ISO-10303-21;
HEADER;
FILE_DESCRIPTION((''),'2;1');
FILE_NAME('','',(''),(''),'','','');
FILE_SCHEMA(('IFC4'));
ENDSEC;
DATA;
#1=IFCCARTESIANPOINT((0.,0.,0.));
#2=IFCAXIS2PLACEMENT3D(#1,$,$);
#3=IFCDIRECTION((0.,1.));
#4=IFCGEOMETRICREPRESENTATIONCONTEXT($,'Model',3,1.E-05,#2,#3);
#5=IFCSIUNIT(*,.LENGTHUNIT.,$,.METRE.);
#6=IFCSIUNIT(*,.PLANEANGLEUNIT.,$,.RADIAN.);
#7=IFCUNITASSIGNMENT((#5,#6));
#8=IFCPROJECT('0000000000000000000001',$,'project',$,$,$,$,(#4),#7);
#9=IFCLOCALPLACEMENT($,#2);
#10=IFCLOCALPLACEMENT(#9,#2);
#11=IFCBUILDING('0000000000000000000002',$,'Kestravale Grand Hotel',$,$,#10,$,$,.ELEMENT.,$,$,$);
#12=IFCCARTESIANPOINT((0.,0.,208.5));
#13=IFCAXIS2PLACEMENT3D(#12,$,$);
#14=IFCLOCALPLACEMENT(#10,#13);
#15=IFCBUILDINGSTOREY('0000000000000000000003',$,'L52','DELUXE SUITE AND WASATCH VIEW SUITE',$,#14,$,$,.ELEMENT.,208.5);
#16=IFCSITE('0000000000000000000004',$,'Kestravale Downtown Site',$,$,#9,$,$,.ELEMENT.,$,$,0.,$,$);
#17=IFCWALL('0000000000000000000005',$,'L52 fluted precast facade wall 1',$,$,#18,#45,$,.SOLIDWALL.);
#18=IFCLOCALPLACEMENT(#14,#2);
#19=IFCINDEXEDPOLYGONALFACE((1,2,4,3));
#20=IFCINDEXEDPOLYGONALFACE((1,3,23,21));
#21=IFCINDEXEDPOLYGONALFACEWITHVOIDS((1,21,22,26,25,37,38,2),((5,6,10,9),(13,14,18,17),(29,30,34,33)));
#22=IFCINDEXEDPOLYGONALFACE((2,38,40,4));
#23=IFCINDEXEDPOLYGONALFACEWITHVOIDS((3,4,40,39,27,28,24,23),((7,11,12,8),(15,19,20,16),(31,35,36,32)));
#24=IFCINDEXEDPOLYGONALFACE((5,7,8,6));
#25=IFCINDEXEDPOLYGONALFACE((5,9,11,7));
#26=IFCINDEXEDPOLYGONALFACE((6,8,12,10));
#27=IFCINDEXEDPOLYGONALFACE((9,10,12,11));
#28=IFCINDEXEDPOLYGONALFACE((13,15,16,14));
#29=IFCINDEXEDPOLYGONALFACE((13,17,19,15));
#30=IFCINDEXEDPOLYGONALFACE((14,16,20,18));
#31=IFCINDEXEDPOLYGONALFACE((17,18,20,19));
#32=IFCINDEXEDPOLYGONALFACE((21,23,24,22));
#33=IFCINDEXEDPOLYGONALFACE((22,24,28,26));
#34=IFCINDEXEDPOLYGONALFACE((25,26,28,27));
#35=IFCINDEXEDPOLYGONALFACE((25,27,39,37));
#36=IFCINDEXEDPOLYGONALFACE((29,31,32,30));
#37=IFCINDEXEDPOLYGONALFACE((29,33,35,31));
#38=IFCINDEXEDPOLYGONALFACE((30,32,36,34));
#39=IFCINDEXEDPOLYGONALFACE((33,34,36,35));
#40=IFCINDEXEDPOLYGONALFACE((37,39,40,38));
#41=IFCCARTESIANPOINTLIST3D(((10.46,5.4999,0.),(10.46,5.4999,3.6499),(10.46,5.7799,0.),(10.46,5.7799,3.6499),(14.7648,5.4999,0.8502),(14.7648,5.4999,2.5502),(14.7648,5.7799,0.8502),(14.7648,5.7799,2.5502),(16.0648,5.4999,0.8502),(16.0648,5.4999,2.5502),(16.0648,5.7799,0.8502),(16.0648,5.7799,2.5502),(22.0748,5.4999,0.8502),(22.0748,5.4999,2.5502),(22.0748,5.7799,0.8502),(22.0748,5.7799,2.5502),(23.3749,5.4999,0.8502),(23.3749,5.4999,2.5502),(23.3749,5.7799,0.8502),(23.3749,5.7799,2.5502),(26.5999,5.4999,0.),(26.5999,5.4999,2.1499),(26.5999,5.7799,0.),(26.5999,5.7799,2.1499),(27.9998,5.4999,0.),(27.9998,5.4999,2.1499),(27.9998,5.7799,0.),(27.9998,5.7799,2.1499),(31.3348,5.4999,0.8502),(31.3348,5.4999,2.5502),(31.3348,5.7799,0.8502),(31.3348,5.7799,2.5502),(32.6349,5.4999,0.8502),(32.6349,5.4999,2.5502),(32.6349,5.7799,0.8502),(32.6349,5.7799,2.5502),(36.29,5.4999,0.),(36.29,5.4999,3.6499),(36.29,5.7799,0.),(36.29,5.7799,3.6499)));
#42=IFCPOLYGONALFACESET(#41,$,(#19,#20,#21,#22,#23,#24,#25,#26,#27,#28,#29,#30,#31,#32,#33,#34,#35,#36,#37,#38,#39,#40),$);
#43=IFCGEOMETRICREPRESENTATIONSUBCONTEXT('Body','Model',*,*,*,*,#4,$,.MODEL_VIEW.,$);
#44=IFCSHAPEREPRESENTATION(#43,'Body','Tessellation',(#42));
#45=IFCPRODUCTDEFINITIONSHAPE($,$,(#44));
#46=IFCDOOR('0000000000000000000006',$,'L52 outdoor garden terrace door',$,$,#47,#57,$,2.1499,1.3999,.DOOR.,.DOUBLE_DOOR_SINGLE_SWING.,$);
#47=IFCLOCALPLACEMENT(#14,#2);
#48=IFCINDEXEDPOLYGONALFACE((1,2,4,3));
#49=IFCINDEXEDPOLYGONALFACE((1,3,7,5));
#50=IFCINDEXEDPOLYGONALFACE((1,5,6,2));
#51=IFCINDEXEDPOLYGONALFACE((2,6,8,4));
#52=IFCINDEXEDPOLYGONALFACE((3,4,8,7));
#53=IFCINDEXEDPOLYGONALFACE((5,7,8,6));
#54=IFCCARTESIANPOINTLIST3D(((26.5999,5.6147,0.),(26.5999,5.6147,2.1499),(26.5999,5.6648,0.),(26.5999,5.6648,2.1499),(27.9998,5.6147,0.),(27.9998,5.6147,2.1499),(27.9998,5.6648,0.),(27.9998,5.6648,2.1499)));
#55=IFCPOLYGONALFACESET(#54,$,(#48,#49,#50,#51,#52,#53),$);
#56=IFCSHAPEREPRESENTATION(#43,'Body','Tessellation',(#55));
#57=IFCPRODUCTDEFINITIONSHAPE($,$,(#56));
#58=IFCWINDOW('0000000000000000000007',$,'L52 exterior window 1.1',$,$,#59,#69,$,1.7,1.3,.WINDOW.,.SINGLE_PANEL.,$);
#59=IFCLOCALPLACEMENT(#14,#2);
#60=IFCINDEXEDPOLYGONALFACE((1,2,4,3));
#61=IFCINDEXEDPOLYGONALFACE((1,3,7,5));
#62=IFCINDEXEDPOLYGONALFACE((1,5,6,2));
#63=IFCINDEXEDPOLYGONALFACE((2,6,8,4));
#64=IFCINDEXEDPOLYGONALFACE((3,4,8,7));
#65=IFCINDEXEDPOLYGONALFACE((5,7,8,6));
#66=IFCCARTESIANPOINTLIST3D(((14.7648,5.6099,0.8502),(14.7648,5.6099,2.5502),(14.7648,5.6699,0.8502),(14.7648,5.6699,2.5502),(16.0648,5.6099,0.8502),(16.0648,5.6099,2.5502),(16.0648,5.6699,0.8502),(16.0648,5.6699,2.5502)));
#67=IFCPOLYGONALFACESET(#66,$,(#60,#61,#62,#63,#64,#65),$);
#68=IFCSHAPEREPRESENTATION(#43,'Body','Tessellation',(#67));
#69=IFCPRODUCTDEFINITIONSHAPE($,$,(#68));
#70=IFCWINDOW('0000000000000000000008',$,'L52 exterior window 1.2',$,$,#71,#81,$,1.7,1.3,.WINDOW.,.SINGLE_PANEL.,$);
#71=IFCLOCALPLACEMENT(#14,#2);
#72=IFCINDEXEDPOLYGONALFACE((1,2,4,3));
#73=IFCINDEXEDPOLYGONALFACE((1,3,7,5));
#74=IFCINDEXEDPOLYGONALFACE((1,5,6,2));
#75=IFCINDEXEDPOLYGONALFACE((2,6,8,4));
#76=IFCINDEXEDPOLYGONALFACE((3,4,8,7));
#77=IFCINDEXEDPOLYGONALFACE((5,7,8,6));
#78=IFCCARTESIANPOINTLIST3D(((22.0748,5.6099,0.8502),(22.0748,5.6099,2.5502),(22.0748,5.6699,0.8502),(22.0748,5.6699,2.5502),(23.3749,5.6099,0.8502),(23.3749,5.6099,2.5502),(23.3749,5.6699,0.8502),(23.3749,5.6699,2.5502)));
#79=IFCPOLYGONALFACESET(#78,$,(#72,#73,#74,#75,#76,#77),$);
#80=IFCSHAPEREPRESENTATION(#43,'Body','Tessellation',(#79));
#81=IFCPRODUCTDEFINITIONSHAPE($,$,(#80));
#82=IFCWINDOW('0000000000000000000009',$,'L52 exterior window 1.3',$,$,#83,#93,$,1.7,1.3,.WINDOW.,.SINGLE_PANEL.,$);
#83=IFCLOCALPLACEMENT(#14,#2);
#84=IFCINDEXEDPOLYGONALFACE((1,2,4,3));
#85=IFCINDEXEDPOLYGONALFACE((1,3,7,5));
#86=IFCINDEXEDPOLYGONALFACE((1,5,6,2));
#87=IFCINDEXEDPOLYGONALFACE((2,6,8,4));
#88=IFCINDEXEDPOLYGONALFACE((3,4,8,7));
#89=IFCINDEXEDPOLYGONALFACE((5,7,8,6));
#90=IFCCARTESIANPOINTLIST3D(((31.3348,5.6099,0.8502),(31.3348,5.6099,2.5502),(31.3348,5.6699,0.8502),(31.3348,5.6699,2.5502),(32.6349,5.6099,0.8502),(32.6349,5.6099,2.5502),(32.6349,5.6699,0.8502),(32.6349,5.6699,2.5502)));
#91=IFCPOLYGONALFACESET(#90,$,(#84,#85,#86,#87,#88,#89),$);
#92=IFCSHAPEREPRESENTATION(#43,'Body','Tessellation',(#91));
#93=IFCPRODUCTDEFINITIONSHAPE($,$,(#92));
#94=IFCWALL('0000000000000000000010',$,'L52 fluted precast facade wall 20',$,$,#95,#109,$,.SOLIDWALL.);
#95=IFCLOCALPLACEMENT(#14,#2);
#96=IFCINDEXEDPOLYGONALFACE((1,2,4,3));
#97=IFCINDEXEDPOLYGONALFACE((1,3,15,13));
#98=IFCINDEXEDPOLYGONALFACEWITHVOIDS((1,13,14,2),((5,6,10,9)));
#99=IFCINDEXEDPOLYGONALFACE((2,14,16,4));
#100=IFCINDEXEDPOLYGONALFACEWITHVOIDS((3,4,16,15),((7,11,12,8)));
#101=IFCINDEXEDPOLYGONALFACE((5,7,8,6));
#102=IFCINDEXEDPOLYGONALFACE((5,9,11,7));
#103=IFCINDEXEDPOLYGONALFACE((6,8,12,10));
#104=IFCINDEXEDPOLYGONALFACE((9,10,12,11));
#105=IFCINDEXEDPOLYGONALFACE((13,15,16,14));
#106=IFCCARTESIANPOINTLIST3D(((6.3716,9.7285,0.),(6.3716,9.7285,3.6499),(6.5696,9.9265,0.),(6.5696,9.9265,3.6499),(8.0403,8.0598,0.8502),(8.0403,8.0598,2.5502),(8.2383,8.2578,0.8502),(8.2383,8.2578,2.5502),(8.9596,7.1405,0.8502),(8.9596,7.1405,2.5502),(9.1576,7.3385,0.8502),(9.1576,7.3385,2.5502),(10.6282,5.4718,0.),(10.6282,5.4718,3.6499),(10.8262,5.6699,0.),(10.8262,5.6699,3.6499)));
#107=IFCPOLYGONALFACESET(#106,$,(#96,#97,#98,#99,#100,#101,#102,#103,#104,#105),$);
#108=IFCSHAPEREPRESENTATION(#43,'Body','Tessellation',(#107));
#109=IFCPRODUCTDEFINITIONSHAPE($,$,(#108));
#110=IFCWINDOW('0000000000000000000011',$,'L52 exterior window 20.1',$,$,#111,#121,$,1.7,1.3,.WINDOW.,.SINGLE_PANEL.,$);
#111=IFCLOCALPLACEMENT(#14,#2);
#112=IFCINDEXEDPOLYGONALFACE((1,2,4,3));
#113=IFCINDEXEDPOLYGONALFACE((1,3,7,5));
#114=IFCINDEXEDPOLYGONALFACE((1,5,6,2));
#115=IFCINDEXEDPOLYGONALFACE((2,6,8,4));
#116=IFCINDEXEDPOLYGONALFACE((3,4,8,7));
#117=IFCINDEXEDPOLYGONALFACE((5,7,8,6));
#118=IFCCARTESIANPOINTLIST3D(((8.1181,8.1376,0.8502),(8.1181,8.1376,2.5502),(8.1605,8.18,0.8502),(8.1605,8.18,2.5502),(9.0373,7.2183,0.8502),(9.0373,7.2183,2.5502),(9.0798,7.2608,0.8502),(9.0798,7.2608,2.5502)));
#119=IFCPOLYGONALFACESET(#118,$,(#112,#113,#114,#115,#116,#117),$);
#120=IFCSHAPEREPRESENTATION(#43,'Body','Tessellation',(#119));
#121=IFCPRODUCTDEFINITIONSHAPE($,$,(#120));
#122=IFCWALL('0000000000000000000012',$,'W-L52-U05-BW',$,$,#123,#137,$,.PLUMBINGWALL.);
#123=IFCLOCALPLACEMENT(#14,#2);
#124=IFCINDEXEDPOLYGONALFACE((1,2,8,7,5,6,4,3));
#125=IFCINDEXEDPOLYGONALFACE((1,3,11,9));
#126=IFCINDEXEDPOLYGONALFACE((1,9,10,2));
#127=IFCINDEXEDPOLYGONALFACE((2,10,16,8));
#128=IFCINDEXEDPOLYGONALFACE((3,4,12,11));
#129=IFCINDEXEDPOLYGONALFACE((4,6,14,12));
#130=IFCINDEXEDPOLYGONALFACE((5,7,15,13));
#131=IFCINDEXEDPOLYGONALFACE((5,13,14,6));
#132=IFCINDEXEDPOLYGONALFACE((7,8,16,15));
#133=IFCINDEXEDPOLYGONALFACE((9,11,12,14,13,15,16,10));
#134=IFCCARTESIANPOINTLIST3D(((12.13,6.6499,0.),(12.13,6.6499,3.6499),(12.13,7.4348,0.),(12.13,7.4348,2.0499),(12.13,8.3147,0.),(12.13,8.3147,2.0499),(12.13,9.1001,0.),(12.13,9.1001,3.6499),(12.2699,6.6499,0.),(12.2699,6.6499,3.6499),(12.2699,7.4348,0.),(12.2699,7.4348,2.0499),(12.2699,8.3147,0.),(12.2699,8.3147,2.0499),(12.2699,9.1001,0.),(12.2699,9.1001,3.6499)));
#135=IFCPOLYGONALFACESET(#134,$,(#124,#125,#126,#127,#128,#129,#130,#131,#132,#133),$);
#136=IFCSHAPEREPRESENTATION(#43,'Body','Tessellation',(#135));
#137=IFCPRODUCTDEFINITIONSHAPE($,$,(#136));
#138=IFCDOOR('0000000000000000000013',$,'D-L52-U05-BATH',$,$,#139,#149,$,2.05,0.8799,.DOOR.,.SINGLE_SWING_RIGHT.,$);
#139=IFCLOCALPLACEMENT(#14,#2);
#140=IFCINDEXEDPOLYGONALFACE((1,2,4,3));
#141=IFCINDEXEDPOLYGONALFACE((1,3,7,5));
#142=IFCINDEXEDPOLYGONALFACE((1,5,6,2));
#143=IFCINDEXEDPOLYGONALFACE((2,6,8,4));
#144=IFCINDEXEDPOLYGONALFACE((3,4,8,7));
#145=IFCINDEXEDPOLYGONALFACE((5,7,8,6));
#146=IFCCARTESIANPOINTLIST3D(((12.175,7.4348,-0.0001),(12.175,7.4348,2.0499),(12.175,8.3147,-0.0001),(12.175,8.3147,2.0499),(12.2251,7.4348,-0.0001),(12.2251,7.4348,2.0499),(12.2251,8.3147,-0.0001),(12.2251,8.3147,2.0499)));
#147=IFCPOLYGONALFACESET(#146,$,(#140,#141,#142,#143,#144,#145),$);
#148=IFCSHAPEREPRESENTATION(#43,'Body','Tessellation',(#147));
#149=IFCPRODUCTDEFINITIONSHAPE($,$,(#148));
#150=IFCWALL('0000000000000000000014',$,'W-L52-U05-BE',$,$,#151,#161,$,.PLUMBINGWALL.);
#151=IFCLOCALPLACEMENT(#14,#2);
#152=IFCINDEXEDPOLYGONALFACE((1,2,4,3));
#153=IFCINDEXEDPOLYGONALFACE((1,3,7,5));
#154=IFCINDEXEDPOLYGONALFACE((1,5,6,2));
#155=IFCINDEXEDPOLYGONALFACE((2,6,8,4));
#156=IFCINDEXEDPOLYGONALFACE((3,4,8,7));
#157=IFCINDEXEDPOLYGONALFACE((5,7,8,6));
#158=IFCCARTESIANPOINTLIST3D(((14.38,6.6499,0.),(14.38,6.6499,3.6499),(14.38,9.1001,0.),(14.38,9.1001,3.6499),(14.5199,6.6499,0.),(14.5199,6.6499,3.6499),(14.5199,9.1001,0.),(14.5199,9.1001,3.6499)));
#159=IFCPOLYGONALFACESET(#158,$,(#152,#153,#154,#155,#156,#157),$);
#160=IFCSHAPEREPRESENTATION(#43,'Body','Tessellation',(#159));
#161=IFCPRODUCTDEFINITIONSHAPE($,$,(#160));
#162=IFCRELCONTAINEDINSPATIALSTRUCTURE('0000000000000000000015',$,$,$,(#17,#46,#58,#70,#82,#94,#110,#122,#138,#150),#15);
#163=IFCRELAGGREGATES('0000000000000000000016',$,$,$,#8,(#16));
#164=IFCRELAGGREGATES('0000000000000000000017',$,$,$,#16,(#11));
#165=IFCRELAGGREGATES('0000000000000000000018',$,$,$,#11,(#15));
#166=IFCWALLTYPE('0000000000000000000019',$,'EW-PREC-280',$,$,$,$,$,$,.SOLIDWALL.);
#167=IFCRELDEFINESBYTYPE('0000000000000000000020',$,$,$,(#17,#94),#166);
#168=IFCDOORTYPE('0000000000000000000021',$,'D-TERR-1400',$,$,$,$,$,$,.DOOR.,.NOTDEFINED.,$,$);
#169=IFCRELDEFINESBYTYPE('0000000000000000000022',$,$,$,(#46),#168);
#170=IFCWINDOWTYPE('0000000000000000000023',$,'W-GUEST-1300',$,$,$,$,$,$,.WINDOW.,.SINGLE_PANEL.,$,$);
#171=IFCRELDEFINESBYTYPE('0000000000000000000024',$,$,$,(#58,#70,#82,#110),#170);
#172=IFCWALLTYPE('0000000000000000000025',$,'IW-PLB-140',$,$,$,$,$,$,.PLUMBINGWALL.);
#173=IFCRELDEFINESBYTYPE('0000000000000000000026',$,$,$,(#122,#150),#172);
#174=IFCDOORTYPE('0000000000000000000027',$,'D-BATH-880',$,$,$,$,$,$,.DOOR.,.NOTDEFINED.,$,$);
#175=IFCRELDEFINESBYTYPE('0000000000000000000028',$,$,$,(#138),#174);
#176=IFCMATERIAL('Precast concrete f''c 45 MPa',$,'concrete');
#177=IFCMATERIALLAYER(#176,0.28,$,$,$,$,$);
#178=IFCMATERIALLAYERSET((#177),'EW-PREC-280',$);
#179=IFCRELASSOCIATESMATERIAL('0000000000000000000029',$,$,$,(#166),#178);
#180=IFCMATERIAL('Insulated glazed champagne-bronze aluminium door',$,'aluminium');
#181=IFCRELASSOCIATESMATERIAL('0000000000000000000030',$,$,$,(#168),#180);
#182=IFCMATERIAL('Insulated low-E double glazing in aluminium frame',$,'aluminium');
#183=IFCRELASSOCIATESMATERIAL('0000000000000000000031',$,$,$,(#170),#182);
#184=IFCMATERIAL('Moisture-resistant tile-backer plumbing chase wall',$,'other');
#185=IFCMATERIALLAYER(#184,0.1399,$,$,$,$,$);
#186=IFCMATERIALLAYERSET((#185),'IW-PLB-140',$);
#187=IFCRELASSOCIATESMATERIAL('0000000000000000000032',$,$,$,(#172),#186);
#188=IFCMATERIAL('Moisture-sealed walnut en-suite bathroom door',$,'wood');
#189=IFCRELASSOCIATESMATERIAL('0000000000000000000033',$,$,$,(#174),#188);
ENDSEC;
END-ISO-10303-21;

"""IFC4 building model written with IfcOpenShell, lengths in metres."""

from ifc_helpers import new_model, si_unit, direction, frame, frame_2d, origin, place, context, subcontext, project, spatial, rectangle, extrude, material, layer, layer_set, type_object, element, fill, save


model = new_model("IFC4")

# Units and contexts
model_context = context("Model", 3, precision=1e-05, world=origin(), true_north=direction((0.0, 1.0)))
body_context = subcontext(model_context, "Body", "Model", "MODEL_VIEW")
ifc_project = project(units=[si_unit("LENGTHUNIT", "METRE"), si_unit("PLANEANGLEUNIT", "RADIAN")], contexts=[model_context])

# Site, building, storey
site_placement = place(None, origin())
site = spatial("IfcSite", under=ifc_project, at=site_placement, Name="Kestravale Downtown Site", CompositionType="ELEMENT", RefElevation=0.0)
building_placement = place(site_placement, origin())
building = spatial("IfcBuilding", under=site, at=building_placement, Name="Kestravale Grand Hotel", CompositionType="ELEMENT")
storey_placement = place(building_placement, frame((0.0, 0.0, 208.5)))
storey = spatial("IfcBuildingStorey", under=building, at=storey_placement, Name="L52", Description="DELUXE SUITE AND WASATCH VIEW SUITE", CompositionType="ELEMENT", Elevation=208.5)

# Wall, openings, door, windows
ifc_material_1 = material(Name="Precast concrete f'c 45 MPa", Category="concrete")
ifc_layer_1 = layer(ifc_material_1, 0.28)
ifc_layer_set_1 = layer_set([ifc_layer_1], Name="EW-PREC-280")
wall_type_1 = type_object("IfcWallType", Name="EW-PREC-280", PredefinedType="SOLIDWALL", material=ifc_layer_set_1)
wall_1_placement = place(storey_placement, frame((10.46, 5.6399, 0.0), z_axis=(0.0, 0.0, 1.0), x_axis=(1.0, 0.0, 0.0)))
wall_1 = element("IfcWall", 1, at=wall_1_placement, inside=storey, type_object=wall_type_1, Name="L52 fluted precast facade wall 1", PredefinedType="SOLIDWALL", context=body_context, shape_type="SweptSolid", body=[
    extrude(rectangle(XDim=25.8301, YDim=0.28, at=frame_2d((12.915, 0.0))), origin(), (0.0, 0.0, 1.0), 3.6499),
])
opening_1_placement = place(wall_1_placement, frame((16.1399, 0.0, 0.0)))
opening_1 = element("IfcOpeningElement", 2, at=opening_1_placement, cuts=wall_1, PredefinedType="OPENING", context=body_context, shape_type="SweptSolid", body=[
    extrude(rectangle(XDim=1.3999, YDim=2.1499, at=frame_2d((0.7, 1.075))), frame((0.0, 0.1499, 0.0), z_axis=(0.0, -1.0, 0.0), x_axis=(1.0, 0.0, 0.0)), (0.0, 0.0, 1.0), 0.3),
])
opening_2_placement = place(wall_1_placement, frame((4.3049, 0.0, 0.8501)))
opening_2 = element("IfcOpeningElement", 3, at=opening_2_placement, cuts=wall_1, PredefinedType="OPENING", context=body_context, shape_type="SweptSolid", body=[
    extrude(rectangle(XDim=1.3, YDim=1.7, at=frame_2d((0.6499, 0.8501))), frame((0.0, 0.1499, 0.0), z_axis=(0.0, -1.0, 0.0), x_axis=(1.0, 0.0, 0.0)), (0.0, 0.0, 1.0), 0.3),
])
opening_3_placement = place(wall_1_placement, frame((11.615, 0.0, 0.8501)))
opening_3 = element("IfcOpeningElement", 4, at=opening_3_placement, cuts=wall_1, PredefinedType="OPENING", context=body_context, shape_type="SweptSolid", body=[
    extrude(rectangle(XDim=1.3, YDim=1.7, at=frame_2d((0.6499, 0.8501))), frame((0.0, 0.1499, 0.0), z_axis=(0.0, -1.0, 0.0), x_axis=(1.0, 0.0, 0.0)), (0.0, 0.0, 1.0), 0.3),
])
opening_4_placement = place(wall_1_placement, frame((20.875, 0.0, 0.8501)))
opening_4 = element("IfcOpeningElement", 5, at=opening_4_placement, cuts=wall_1, PredefinedType="OPENING", context=body_context, shape_type="SweptSolid", body=[
    extrude(rectangle(XDim=1.3, YDim=1.7, at=frame_2d((0.6499, 0.8501))), frame((0.0, 0.1499, 0.0), z_axis=(0.0, -1.0, 0.0), x_axis=(1.0, 0.0, 0.0)), (0.0, 0.0, 1.0), 0.3),
])
ifc_material_2 = material(Name="Insulated glazed champagne-bronze aluminium door", Category="aluminium")
door_type_1 = type_object("IfcDoorType", Name="D-TERR-1400", OperationType="NOTDEFINED", PredefinedType="DOOR", material=ifc_material_2)
door_1_placement = place(opening_1_placement, origin())
door_1 = element("IfcDoor", 6, at=door_1_placement, inside=storey, type_object=door_type_1, Name="L52 outdoor garden terrace door", OperationType="DOUBLE_DOOR_SINGLE_SWING", OverallHeight=2.1499, OverallWidth=1.3999, PredefinedType="DOOR", context=body_context, shape_type="SweptSolid", body=[
    extrude(rectangle(XDim=1.3999, YDim=2.1499, at=frame_2d((0.7, 1.075))), frame((0.0, 0.0249, 0.0), z_axis=(0.0, -1.0, 0.0), x_axis=(1.0, 0.0, 0.0)), (0.0, 0.0, 1.0), 0.05),
])
fill(opening_1, door_1)
ifc_material_3 = material(Name="Insulated low-E double glazing in aluminium frame", Category="aluminium")
window_type = type_object("IfcWindowType", Name="W-GUEST-1300", PartitioningType="SINGLE_PANEL", PredefinedType="WINDOW", material=ifc_material_3)
window_1_placement = place(opening_2_placement, origin())
window_1 = element("IfcWindow", 7, at=window_1_placement, inside=storey, type_object=window_type, Name="L52 exterior window 1.1", OverallHeight=1.7, OverallWidth=1.3, PartitioningType="SINGLE_PANEL", PredefinedType="WINDOW", context=body_context, shape_type="SweptSolid", body=[
    extrude(rectangle(XDim=1.3, YDim=1.7, at=frame_2d((0.6499, 0.8501))), frame((0.0, 0.03, 0.0), z_axis=(0.0, -1.0, 0.0), x_axis=(1.0, 0.0, 0.0)), (0.0, 0.0, 1.0), 0.0601),
])
fill(opening_2, window_1)
window_2_placement = place(opening_3_placement, origin())
window_2 = element("IfcWindow", 8, at=window_2_placement, inside=storey, type_object=window_type, Name="L52 exterior window 1.2", OverallHeight=1.7, OverallWidth=1.3, PartitioningType="SINGLE_PANEL", PredefinedType="WINDOW", context=body_context, shape_type="SweptSolid", body=[
    extrude(rectangle(XDim=1.3, YDim=1.7, at=frame_2d((0.6499, 0.8501))), frame((0.0, 0.03, 0.0), z_axis=(0.0, -1.0, 0.0), x_axis=(1.0, 0.0, 0.0)), (0.0, 0.0, 1.0), 0.0601),
])
fill(opening_3, window_2)
window_3_placement = place(opening_4_placement, origin())
window_3 = element("IfcWindow", 9, at=window_3_placement, inside=storey, type_object=window_type, Name="L52 exterior window 1.3", OverallHeight=1.7, OverallWidth=1.3, PartitioningType="SINGLE_PANEL", PredefinedType="WINDOW", context=body_context, shape_type="SweptSolid", body=[
    extrude(rectangle(XDim=1.3, YDim=1.7, at=frame_2d((0.6499, 0.8501))), frame((0.0, 0.03, 0.0), z_axis=(0.0, -1.0, 0.0), x_axis=(1.0, 0.0, 0.0)), (0.0, 0.0, 1.0), 0.0601),
])
fill(opening_4, window_3)

# Wall, opening, window
wall_2_placement = place(storey_placement, frame((6.4707, 9.8274, 0.0), z_axis=(0.0, 0.0, 1.0), x_axis=(0.707107, -0.707107, 0.0)))
wall_2 = element("IfcWall", 10, at=wall_2_placement, inside=storey, type_object=wall_type_1, Name="L52 fluted precast facade wall 20", PredefinedType="SOLIDWALL", context=body_context, shape_type="SweptSolid", body=[
    extrude(rectangle(XDim=6.0198, YDim=0.28, at=frame_2d((3.0098, 0.0))), origin(), (0.0, 0.0, 1.0), 3.6499),
])
opening_5_placement = place(wall_2_placement, frame((2.3599, 0.0, 0.8501)))
opening_5 = element("IfcOpeningElement", 11, at=opening_5_placement, cuts=wall_2, PredefinedType="OPENING", context=body_context, shape_type="SweptSolid", body=[
    extrude(rectangle(XDim=1.3, YDim=1.7, at=frame_2d((0.6499, 0.8501))), frame((0.0, 0.1499, 0.0), z_axis=(0.0, -1.0, 0.0), x_axis=(1.0, 0.0, 0.0)), (0.0, 0.0, 1.0), 0.3),
])
window_4_placement = place(opening_5_placement, origin())
window_4 = element("IfcWindow", 12, at=window_4_placement, inside=storey, type_object=window_type, Name="L52 exterior window 20.1", OverallHeight=1.7, OverallWidth=1.3, PartitioningType="SINGLE_PANEL", PredefinedType="WINDOW", context=body_context, shape_type="SweptSolid", body=[
    extrude(rectangle(XDim=1.3, YDim=1.7, at=frame_2d((0.6499, 0.8501))), frame((0.0, 0.03, 0.0), z_axis=(0.0, -1.0, 0.0), x_axis=(1.0, 0.0, 0.0)), (0.0, 0.0, 1.0), 0.0601),
])
fill(opening_5, window_4)

# Wall, opening, door
ifc_material_4 = material(Name="Moisture-resistant tile-backer plumbing chase wall", Category="other")
ifc_layer_2 = layer(ifc_material_4, 0.1399)
ifc_layer_set_2 = layer_set([ifc_layer_2], Name="IW-PLB-140")
wall_type_2 = type_object("IfcWallType", Name="IW-PLB-140", PredefinedType="PLUMBINGWALL", material=ifc_layer_set_2)
wall_3_placement = place(storey_placement, frame((12.2, 6.6499, 0.0), z_axis=(0.0, 0.0, 1.0), x_axis=(0.0, 1.0, 0.0)))
wall_3 = element("IfcWall", 13, at=wall_3_placement, inside=storey, type_object=wall_type_2, Name="W-L52-U05-BW", PredefinedType="PLUMBINGWALL", context=body_context, shape_type="SweptSolid", body=[
    extrude(rectangle(XDim=2.4502, YDim=0.1399, at=frame_2d((1.2251, 0.0))), origin(), (0.0, 0.0, 1.0), 3.6499),
])
opening_6_placement = place(wall_3_placement, frame((0.7849, 0.0, 0.0)))
opening_6 = element("IfcOpeningElement", 14, at=opening_6_placement, cuts=wall_3, PredefinedType="OPENING", context=body_context, shape_type="SweptSolid", body=[
    extrude(rectangle(XDim=0.8799, YDim=2.05, at=frame_2d((0.4399, 1.0249))), frame((0.0, 0.0798, 0.0), z_axis=(0.0, -1.0, 0.0), x_axis=(1.0, 0.0, 0.0)), (0.0, 0.0, 1.0), 0.1599),
])
ifc_material_5 = material(Name="Moisture-sealed walnut en-suite bathroom door", Category="wood")
door_type_2 = type_object("IfcDoorType", Name="D-BATH-880", OperationType="NOTDEFINED", PredefinedType="DOOR", material=ifc_material_5)
door_2_placement = place(opening_6_placement, origin())
door_2 = element("IfcDoor", 15, at=door_2_placement, inside=storey, type_object=door_type_2, Name="D-L52-U05-BATH", OperationType="SINGLE_SWING_RIGHT", OverallHeight=2.05, OverallWidth=0.8799, PredefinedType="DOOR", context=body_context, shape_type="SweptSolid", body=[
    extrude(rectangle(XDim=0.8799, YDim=2.05, at=frame_2d((0.4399, 1.0249))), frame((0.0, 0.0249, 0.0), z_axis=(0.0, -1.0, 0.0), x_axis=(1.0, 0.0, 0.0)), (0.0, 0.0, 1.0), 0.05),
])
fill(opening_6, door_2)

# Wall
wall_4_placement = place(storey_placement, frame((14.45, 6.6499, 0.0), z_axis=(0.0, 0.0, 1.0), x_axis=(0.0, 1.0, 0.0)))
element("IfcWall", 16, at=wall_4_placement, inside=storey, type_object=wall_type_2, Name="W-L52-U05-BE", PredefinedType="PLUMBINGWALL", context=body_context, shape_type="SweptSolid", body=[
    extrude(rectangle(XDim=2.4502, YDim=0.1399, at=frame_2d((1.2251, 0.0))), origin(), (0.0, 0.0, 1.0), 3.6499),
])

save(model, "model.ifc")
